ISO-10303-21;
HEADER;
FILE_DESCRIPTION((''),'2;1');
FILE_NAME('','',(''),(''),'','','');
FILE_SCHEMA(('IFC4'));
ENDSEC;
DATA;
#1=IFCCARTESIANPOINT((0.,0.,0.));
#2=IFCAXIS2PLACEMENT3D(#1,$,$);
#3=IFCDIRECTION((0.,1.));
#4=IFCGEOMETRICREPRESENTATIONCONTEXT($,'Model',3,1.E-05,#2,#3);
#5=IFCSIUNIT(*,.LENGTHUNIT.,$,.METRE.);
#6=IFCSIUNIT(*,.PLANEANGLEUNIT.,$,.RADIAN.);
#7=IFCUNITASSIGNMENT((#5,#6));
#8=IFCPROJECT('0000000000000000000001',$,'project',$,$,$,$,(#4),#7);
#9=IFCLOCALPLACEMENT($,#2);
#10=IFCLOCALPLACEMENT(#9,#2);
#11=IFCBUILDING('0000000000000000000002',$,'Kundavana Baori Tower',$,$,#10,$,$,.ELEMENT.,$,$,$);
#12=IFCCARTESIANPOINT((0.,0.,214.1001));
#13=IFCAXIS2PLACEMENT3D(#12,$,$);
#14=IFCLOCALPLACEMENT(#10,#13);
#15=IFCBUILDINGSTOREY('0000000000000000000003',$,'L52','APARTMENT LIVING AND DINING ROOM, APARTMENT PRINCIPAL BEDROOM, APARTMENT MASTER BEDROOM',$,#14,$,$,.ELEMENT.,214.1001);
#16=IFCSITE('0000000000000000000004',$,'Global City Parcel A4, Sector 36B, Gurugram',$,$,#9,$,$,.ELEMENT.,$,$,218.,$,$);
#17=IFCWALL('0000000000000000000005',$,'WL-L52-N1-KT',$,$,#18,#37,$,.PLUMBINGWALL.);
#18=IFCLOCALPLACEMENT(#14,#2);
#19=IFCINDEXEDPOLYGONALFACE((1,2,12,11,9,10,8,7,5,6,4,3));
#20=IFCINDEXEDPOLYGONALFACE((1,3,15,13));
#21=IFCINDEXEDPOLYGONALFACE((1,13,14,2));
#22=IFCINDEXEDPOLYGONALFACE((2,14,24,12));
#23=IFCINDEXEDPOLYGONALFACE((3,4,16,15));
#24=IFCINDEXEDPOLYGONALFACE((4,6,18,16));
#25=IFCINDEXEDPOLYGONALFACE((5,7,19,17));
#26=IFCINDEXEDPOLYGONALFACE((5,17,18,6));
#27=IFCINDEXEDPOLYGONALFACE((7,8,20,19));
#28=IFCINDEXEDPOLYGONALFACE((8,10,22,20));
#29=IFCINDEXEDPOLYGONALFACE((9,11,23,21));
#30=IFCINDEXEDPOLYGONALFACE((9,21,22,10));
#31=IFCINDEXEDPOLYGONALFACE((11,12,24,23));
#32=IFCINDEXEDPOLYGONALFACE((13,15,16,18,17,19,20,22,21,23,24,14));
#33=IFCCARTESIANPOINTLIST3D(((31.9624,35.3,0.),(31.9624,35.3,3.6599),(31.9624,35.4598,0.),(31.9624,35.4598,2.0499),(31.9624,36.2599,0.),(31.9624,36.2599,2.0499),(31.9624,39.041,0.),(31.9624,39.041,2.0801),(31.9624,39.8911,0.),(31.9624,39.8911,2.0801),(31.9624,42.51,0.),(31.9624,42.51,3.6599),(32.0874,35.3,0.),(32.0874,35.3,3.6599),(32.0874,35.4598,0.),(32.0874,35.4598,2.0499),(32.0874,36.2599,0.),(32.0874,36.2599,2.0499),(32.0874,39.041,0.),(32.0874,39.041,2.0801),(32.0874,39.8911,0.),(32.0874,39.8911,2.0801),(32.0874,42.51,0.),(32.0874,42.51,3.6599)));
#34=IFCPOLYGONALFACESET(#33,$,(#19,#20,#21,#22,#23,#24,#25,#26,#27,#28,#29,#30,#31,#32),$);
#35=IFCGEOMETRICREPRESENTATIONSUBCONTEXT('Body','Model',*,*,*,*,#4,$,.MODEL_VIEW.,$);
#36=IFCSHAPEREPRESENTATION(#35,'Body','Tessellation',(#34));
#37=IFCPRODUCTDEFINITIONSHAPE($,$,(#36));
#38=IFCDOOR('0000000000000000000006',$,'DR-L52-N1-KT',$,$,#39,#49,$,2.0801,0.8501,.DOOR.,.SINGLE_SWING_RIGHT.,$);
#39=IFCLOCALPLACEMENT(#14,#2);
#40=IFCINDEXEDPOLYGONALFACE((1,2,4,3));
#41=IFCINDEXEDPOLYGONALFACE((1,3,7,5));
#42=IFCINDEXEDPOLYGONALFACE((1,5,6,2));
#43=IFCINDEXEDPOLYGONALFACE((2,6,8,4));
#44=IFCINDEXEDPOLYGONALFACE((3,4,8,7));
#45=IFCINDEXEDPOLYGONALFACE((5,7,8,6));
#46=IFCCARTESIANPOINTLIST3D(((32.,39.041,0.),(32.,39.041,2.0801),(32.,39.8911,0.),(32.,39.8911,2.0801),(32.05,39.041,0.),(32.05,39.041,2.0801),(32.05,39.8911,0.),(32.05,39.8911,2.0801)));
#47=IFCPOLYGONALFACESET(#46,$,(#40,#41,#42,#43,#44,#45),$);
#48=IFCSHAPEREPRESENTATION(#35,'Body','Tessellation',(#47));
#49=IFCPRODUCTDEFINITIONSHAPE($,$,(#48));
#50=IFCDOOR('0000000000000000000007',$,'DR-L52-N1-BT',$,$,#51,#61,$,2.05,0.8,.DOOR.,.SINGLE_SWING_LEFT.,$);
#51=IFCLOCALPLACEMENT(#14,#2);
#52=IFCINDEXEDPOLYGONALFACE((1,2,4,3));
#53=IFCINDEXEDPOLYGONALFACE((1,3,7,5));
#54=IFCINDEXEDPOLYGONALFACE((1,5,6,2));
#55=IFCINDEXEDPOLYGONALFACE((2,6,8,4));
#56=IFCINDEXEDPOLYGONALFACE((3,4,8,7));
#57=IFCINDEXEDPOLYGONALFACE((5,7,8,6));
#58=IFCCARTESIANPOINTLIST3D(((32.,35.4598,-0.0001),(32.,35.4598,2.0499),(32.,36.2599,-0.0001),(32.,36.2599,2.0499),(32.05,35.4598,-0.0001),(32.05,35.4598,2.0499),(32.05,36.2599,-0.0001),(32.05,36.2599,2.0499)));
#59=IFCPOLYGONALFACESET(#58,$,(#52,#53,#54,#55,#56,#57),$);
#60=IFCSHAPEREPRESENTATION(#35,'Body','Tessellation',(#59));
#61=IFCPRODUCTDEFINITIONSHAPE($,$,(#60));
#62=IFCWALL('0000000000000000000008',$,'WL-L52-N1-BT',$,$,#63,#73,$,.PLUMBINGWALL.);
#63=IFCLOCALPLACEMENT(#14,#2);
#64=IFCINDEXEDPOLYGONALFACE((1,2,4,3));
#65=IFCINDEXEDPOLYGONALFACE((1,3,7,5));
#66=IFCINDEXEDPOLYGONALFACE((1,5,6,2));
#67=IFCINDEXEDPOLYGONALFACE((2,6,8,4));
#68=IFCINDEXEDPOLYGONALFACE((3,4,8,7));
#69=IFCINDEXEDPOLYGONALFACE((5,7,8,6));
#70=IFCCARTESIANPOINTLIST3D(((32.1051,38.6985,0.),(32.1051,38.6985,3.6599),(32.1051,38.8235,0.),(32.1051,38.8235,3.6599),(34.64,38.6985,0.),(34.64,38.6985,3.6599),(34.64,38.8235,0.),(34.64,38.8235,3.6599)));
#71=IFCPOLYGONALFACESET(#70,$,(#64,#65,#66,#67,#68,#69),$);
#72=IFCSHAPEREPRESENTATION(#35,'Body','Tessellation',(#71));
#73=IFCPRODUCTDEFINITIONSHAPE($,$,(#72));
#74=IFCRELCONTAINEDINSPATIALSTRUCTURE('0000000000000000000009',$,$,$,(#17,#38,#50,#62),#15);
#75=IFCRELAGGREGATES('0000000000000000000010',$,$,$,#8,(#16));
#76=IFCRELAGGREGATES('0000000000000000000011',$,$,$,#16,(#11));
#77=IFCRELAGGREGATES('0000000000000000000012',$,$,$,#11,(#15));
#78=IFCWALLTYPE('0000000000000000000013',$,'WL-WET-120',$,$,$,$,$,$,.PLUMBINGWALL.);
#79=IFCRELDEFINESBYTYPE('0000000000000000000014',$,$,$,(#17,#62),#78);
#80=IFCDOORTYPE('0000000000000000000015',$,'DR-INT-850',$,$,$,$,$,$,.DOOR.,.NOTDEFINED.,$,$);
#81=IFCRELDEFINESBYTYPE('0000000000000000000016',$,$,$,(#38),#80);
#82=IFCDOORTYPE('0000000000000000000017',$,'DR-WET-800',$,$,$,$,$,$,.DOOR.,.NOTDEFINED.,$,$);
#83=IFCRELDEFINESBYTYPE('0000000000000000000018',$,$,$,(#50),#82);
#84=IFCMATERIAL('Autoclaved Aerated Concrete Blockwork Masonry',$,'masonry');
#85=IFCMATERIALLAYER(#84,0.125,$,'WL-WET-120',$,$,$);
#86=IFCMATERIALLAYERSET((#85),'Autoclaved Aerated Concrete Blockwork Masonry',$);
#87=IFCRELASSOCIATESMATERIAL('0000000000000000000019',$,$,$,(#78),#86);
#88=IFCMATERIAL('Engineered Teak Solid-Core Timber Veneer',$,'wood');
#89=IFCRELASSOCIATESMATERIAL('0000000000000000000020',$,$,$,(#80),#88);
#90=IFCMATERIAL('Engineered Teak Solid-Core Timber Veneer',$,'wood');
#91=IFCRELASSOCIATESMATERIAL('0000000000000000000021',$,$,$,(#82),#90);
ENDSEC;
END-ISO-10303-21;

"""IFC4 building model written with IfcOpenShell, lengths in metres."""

from ifc_helpers import new_model, si_unit, direction, frame, frame_2d, origin, place, context, subcontext, project, spatial, rectangle, extrude, material, layer, layer_set, type_object, element, fill, save


model = new_model("IFC4")

# Units and contexts
model_context = context("Model", 3, precision=1e-05, world=origin(), true_north=direction((0.0, 1.0)))
body_context = subcontext(model_context, "Body", "Model", "MODEL_VIEW")
ifc_project = project(units=[si_unit("LENGTHUNIT", "METRE"), si_unit("PLANEANGLEUNIT", "RADIAN")], contexts=[model_context])

# Site, building, storey
site_placement = place(None, origin())
site = spatial("IfcSite", under=ifc_project, at=site_placement, Name="Global City Parcel A4, Sector 36B, Gurugram", CompositionType="ELEMENT", RefElevation=218.0)
building_placement = place(site_placement, origin())
building = spatial("IfcBuilding", under=site, at=building_placement, Name="Kundavana Baori Tower", CompositionType="ELEMENT")
storey_placement = place(building_placement, frame((0.0, 0.0, 214.1001)))
storey = spatial("IfcBuildingStorey", under=building, at=storey_placement, Name="L52", Description="APARTMENT LIVING AND DINING ROOM, APARTMENT PRINCIPAL BEDROOM, APARTMENT MASTER BEDROOM", CompositionType="ELEMENT", Elevation=214.1001)

# Wall, openings, doors
ifc_material_1 = material(Name="Autoclaved Aerated Concrete Blockwork Masonry", Category="masonry")
ifc_layer_1 = layer(ifc_material_1, 0.125, Name="WL-WET-120")
ifc_layer_set_1 = layer_set([ifc_layer_1], Name="Autoclaved Aerated Concrete Blockwork Masonry")
wall_type_1 = type_object("IfcWallType", Name="WL-WET-120", PredefinedType="PLUMBINGWALL", material=ifc_layer_set_1)
wall_1_placement = place(storey_placement, frame((32.0249, 35.3, 0.0), z_axis=(0.0, 0.0, 1.0), x_axis=(0.0, 1.0, 0.0)))
wall_1 = element("IfcWall", 1, at=wall_1_placement, inside=storey, type_object=wall_type_1, Name="WL-L52-N1-KT", PredefinedType="PLUMBINGWALL", context=body_context, shape_type="SweptSolid", body=[
    extrude(rectangle(XDim=7.21, YDim=0.125, at=frame_2d((3.605, 0.0))), origin(), (0.0, 0.0, 1.0), 3.6599),
])
opening_1_placement = place(wall_1_placement, frame((0.1599, 0.0, 0.0)))
opening_1 = element("IfcOpeningElement", 2, at=opening_1_placement, cuts=wall_1, PredefinedType="OPENING", context=body_context, shape_type="SweptSolid", body=[
    extrude(rectangle(XDim=0.8, YDim=2.05, at=frame_2d((0.3999, 1.0249))), frame((0.0, 0.0725, 0.0), z_axis=(0.0, -1.0, 0.0), x_axis=(1.0, 0.0, 0.0)), (0.0, 0.0, 1.0), 0.145),
])
opening_2_placement = place(wall_1_placement, frame((3.741, 0.0, 0.0)))
opening_2 = element("IfcOpeningElement", 3, at=opening_2_placement, cuts=wall_1, PredefinedType="OPENING", context=body_context, shape_type="SweptSolid", body=[
    extrude(rectangle(XDim=0.8501, YDim=2.0801, at=frame_2d((0.425, 1.04))), frame((0.0, 0.0725, 0.0), z_axis=(0.0, -1.0, 0.0), x_axis=(1.0, 0.0, 0.0)), (0.0, 0.0, 1.0), 0.145),
])
ifc_material_2 = material(Name="Engineered Teak Solid-Core Timber Veneer", Category="wood")
door_type_1 = type_object("IfcDoorType", Name="DR-INT-850", OperationType="NOTDEFINED", PredefinedType="DOOR", material=ifc_material_2)
door_1_placement = place(opening_2_placement, origin())
door_1 = element("IfcDoor", 4, at=door_1_placement, inside=storey, type_object=door_type_1, Name="DR-L52-N1-KT", OperationType="SINGLE_SWING_RIGHT", OverallHeight=2.0801, OverallWidth=0.8501, PredefinedType="DOOR", context=body_context, shape_type="SweptSolid", body=[
    extrude(rectangle(XDim=0.8501, YDim=2.0801, at=frame_2d((0.425, 1.04))), frame((0.0, 0.0249, 0.0), z_axis=(0.0, -1.0, 0.0), x_axis=(1.0, 0.0, 0.0)), (0.0, 0.0, 1.0), 0.05),
])
fill(opening_2, door_1)
ifc_material_3 = material(Name="Engineered Teak Solid-Core Timber Veneer", Category="wood")
door_type_2 = type_object("IfcDoorType", Name="DR-WET-800", OperationType="NOTDEFINED", PredefinedType="DOOR", material=ifc_material_3)
door_2_placement = place(opening_1_placement, origin())
door_2 = element("IfcDoor", 5, at=door_2_placement, inside=storey, type_object=door_type_2, Name="DR-L52-N1-BT", OperationType="SINGLE_SWING_LEFT", OverallHeight=2.05, OverallWidth=0.8, PredefinedType="DOOR", context=body_context, shape_type="SweptSolid", body=[
    extrude(rectangle(XDim=0.8, YDim=2.05, at=frame_2d((0.3999, 1.0249))), frame((0.0, 0.0249, 0.0), z_axis=(0.0, -1.0, 0.0), x_axis=(1.0, 0.0, 0.0)), (0.0, 0.0, 1.0), 0.05),
])
fill(opening_1, door_2)

# Wall
wall_2_placement = place(storey_placement, frame((32.105, 38.761, 0.0), z_axis=(0.0, 0.0, 1.0), x_axis=(1.0, 0.0, 0.0)))
element("IfcWall", 6, at=wall_2_placement, inside=storey, type_object=wall_type_1, Name="WL-L52-N1-BT", PredefinedType="PLUMBINGWALL", context=body_context, shape_type="SweptSolid", body=[
    extrude(rectangle(XDim=2.5349, YDim=0.125, at=frame_2d((1.2676, 0.0))), origin(), (0.0, 0.0, 1.0), 3.6599),
])

save(model, "model.ifc")
